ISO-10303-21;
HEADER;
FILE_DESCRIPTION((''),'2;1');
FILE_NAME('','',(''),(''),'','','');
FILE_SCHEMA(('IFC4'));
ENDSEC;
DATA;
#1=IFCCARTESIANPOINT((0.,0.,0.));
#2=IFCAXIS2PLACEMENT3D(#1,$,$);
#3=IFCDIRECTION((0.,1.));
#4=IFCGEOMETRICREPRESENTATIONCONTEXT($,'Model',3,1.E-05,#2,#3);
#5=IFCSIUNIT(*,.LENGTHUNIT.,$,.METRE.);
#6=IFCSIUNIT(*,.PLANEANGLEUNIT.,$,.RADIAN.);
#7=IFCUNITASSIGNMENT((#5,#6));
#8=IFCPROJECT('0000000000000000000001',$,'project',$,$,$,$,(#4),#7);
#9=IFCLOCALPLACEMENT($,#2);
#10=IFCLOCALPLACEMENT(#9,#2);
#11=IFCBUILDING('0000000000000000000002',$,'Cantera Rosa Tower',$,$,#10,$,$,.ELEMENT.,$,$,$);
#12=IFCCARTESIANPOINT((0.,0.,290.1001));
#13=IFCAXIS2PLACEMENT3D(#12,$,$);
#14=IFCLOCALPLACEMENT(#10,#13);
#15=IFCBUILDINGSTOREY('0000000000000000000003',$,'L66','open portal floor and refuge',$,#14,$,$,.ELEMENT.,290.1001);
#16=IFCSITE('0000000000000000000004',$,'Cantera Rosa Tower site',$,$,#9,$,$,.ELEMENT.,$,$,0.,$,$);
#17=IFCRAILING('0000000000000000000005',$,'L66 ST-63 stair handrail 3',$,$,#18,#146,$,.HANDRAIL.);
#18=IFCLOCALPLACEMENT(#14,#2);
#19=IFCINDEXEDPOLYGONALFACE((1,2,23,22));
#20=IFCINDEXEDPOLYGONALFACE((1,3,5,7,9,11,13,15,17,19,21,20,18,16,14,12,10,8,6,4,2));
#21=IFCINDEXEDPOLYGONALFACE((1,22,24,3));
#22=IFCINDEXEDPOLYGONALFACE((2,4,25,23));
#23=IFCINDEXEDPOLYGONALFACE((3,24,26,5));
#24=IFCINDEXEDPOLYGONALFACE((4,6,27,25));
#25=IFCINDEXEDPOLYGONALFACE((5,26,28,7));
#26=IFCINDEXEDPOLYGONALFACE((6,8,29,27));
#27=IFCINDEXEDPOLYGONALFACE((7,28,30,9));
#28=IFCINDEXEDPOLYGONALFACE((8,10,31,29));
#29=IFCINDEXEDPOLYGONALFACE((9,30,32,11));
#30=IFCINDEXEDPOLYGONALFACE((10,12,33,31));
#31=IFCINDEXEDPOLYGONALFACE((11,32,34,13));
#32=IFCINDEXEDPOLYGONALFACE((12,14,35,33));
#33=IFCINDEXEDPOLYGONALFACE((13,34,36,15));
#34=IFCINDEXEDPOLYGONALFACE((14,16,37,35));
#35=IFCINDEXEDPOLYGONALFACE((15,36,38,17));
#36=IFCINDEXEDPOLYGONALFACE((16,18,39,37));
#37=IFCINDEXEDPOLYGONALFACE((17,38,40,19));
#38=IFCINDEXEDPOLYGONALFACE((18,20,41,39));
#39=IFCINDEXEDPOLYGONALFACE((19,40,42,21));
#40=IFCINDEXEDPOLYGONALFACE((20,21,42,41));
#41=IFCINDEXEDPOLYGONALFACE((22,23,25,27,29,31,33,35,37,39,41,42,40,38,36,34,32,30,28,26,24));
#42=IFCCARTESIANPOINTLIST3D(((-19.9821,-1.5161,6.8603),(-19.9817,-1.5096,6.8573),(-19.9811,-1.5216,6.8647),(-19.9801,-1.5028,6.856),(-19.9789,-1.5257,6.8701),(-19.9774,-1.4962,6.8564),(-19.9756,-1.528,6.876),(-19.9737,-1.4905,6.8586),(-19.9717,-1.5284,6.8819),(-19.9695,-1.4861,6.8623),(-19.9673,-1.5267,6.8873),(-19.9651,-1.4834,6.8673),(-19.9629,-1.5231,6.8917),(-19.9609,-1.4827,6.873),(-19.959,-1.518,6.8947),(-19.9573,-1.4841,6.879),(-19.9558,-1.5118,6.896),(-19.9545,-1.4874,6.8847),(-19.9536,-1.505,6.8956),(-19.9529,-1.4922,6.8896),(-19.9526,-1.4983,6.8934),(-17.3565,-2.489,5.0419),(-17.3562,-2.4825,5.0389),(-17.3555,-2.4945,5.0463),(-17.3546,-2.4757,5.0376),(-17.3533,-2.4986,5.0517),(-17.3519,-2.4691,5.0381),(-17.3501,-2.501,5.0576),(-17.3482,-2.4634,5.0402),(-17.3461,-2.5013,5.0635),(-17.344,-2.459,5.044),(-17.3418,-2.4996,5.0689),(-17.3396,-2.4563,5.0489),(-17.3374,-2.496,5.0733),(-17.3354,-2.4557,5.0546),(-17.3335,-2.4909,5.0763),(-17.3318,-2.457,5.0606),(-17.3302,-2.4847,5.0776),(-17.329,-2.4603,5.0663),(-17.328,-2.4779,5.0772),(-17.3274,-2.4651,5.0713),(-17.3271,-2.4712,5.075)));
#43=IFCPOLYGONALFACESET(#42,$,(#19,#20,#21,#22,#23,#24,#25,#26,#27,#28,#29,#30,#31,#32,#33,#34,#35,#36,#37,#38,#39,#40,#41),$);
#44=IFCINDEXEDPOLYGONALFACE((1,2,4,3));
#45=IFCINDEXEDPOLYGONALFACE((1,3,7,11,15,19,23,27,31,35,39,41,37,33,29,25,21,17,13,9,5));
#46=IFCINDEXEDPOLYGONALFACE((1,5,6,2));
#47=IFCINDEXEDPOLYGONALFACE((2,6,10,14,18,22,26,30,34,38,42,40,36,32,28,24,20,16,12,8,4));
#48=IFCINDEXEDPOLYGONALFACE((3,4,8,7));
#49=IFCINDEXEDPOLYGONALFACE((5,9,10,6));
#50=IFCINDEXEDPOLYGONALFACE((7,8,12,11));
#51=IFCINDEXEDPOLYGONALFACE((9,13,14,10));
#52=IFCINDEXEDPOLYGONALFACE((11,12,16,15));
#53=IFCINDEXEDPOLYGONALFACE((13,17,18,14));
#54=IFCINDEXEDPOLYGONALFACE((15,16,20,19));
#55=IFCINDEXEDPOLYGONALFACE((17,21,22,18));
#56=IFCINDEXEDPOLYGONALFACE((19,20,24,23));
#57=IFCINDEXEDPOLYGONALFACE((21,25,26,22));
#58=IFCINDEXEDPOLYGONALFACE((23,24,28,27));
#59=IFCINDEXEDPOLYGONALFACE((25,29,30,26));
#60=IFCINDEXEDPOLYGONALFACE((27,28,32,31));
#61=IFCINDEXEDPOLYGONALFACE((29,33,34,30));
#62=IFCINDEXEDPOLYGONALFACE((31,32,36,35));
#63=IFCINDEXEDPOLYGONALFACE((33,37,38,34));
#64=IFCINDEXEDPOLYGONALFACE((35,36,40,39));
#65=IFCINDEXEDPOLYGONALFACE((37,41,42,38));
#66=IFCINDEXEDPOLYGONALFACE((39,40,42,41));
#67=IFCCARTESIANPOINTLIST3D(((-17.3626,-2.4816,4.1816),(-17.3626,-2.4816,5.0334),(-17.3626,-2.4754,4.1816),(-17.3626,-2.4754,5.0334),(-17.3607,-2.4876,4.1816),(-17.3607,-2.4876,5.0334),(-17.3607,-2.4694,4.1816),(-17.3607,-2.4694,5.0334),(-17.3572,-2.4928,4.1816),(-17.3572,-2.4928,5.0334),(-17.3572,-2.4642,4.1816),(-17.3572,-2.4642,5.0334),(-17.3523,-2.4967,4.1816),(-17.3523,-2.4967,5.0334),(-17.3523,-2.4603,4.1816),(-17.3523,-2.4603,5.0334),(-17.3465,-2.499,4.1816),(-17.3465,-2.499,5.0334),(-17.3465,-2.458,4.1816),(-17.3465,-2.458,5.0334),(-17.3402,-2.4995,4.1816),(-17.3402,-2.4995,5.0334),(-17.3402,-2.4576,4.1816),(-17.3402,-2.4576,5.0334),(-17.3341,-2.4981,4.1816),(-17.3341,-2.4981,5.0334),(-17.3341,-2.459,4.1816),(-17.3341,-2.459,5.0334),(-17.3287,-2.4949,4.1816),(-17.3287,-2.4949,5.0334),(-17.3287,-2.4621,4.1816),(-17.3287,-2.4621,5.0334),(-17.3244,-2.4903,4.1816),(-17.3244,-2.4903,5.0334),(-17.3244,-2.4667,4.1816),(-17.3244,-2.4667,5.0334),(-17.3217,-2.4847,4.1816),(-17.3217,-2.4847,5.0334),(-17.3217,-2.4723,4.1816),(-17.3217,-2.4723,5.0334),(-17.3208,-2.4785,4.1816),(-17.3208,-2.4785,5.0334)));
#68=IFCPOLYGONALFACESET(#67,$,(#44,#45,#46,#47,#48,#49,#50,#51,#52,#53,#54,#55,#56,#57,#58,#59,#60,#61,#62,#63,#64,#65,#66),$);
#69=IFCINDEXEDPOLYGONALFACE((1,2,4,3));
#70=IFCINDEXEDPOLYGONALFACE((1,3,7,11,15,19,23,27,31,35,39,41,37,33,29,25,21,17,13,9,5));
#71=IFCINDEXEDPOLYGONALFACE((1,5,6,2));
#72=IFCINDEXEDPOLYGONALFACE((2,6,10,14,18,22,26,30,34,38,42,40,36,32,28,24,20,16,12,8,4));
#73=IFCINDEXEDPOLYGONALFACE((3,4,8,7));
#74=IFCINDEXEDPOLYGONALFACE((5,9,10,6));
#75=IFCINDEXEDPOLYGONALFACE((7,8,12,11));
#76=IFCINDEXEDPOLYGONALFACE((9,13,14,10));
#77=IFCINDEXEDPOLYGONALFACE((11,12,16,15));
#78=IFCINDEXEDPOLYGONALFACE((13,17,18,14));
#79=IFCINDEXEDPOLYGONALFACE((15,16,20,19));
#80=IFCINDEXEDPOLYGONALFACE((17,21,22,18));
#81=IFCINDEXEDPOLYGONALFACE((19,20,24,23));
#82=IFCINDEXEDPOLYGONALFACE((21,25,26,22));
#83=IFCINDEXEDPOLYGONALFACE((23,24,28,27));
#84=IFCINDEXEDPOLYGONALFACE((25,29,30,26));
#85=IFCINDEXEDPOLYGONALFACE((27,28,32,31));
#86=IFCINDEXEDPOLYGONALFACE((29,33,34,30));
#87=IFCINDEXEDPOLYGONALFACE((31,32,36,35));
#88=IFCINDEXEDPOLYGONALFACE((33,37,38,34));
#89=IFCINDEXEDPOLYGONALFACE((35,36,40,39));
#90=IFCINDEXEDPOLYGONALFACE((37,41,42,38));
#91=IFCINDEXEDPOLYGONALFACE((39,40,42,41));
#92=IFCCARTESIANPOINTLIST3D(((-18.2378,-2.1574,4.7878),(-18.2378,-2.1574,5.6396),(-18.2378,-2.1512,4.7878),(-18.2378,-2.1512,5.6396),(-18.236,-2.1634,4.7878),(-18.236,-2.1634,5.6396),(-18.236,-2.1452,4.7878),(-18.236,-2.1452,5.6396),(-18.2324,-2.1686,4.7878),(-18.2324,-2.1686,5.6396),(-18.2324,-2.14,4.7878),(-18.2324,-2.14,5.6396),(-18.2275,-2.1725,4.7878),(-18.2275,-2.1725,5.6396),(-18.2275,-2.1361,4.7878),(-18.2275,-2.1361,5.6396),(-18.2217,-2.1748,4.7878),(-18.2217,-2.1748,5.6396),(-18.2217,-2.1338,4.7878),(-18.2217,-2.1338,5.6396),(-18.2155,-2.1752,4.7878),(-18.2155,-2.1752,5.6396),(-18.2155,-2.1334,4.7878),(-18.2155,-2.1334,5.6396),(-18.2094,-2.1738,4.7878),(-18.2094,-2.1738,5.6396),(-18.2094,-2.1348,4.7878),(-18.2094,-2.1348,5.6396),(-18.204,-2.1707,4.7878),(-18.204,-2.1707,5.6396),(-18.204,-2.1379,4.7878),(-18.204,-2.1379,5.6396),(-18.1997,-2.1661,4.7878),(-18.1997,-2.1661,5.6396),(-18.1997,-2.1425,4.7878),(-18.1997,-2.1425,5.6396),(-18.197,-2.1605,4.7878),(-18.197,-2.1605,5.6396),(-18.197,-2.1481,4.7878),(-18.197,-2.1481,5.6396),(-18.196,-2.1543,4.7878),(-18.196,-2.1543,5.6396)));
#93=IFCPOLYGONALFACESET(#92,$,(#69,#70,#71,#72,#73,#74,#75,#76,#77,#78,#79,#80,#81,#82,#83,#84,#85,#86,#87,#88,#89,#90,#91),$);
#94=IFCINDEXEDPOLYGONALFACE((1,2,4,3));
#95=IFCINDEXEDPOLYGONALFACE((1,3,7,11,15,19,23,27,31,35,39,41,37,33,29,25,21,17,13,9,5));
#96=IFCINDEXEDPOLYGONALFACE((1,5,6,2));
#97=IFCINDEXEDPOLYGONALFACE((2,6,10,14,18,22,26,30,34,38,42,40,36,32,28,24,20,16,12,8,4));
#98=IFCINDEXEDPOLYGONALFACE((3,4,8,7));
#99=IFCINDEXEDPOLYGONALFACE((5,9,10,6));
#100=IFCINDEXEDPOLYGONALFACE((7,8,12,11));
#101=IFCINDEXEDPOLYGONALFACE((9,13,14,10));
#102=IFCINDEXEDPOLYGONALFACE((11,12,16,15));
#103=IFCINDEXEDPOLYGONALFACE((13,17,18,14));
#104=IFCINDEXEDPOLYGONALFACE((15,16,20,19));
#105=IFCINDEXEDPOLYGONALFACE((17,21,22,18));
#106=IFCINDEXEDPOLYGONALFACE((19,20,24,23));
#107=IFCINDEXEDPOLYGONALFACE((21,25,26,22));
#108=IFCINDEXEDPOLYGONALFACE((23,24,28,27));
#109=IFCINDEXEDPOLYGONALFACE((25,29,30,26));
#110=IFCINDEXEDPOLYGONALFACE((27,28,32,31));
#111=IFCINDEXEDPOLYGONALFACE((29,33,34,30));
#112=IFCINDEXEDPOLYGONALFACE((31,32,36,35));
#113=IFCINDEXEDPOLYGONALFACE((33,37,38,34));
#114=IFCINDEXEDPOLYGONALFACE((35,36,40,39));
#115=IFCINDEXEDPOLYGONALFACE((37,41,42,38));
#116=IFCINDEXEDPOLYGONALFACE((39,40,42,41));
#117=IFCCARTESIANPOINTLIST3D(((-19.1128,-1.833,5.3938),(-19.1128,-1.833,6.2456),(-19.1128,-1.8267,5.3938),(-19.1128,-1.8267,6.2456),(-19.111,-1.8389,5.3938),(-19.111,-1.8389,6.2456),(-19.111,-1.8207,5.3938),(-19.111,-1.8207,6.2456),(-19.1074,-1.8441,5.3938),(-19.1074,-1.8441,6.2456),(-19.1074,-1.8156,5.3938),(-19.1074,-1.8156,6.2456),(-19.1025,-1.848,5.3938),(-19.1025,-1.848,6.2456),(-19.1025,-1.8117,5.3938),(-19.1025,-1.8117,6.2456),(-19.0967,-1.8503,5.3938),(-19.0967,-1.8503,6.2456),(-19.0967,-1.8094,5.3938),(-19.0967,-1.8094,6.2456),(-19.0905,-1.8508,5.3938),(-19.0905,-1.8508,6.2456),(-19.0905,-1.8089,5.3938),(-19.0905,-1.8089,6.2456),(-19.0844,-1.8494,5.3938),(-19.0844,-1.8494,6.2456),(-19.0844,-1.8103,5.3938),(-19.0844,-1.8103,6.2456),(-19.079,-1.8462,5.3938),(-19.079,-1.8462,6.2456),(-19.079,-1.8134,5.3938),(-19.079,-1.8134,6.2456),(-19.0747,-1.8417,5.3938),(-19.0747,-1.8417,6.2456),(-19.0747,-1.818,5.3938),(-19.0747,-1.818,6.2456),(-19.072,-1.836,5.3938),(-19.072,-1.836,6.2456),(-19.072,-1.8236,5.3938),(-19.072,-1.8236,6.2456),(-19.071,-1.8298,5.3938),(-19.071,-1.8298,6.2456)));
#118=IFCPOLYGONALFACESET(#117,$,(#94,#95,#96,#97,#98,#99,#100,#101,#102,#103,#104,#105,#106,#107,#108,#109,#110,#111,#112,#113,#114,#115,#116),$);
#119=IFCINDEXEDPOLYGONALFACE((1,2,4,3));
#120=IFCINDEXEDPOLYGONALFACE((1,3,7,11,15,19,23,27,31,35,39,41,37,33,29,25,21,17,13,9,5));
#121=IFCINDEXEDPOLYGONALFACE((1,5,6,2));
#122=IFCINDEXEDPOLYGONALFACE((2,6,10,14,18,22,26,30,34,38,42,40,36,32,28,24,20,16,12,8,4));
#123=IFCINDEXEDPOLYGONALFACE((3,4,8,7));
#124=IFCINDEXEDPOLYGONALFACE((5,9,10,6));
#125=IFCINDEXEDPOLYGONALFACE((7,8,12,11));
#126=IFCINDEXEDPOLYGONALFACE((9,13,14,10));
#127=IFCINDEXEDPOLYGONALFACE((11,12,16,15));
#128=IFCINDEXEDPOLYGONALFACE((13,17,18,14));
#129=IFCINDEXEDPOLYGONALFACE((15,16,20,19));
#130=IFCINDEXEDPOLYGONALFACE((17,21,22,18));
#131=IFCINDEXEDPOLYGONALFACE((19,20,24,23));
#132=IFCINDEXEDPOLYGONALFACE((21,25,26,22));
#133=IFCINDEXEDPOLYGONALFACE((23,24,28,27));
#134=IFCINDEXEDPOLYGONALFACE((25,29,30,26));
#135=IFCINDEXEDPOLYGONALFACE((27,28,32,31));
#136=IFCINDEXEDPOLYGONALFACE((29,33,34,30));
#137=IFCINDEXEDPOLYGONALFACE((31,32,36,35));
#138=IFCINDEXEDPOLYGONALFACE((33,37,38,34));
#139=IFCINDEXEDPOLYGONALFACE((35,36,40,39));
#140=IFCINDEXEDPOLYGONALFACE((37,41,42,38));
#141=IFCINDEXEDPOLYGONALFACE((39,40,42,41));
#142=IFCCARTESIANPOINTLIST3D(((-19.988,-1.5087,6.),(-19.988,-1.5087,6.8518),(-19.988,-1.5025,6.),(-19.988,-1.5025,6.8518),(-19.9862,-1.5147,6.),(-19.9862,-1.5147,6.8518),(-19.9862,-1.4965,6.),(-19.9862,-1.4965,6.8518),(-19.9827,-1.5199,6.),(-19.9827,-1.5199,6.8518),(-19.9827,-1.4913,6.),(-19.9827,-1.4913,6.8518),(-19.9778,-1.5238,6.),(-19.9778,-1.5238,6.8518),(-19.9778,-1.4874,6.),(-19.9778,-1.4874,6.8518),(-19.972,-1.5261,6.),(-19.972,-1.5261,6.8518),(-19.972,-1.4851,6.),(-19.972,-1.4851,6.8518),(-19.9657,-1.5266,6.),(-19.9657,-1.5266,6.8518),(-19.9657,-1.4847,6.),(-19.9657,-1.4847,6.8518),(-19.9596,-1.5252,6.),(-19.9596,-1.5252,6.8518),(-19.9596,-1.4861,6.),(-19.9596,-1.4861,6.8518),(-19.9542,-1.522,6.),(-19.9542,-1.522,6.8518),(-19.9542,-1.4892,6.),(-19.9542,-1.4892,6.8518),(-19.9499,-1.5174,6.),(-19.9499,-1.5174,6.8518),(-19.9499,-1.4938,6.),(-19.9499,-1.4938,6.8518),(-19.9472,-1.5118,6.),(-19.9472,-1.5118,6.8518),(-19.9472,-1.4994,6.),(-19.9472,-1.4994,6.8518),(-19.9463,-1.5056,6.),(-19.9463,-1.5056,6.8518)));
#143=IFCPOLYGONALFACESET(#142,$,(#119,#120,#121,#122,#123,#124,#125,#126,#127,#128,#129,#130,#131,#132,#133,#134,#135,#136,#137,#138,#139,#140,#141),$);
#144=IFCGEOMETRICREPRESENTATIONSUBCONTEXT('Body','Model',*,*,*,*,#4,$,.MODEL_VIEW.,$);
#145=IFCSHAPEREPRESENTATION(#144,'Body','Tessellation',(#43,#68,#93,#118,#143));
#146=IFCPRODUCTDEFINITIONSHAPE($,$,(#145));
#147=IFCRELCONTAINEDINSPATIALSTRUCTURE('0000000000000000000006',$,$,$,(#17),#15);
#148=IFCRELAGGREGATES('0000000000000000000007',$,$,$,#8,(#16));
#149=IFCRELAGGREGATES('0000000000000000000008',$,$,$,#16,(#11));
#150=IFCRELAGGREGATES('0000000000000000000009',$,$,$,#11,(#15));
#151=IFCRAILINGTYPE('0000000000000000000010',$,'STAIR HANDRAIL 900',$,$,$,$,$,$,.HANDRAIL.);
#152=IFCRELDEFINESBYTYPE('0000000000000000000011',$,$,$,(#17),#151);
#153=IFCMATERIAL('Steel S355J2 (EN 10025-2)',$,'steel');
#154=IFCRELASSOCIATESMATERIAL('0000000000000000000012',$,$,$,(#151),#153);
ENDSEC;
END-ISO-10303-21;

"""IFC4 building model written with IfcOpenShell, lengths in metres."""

from ifc_helpers import new_model, si_unit, direction, frame, origin, origin_2d, place, context, subcontext, project, spatial, circle, extrude, material, type_object, element, save


model = new_model("IFC4")

# Units and contexts
model_context = context("Model", 3, precision=1e-05, world=origin(), true_north=direction((0.0, 1.0)))
body_context = subcontext(model_context, "Body", "Model", "MODEL_VIEW")
ifc_project = project(units=[si_unit("LENGTHUNIT", "METRE"), si_unit("PLANEANGLEUNIT", "RADIAN")], contexts=[model_context])

# Site, building, storey
site_placement = place(None, origin())
site = spatial("IfcSite", under=ifc_project, at=site_placement, Name="Cantera Rosa Tower site", CompositionType="ELEMENT", RefElevation=0.0)
building_placement = place(site_placement, origin())
building = spatial("IfcBuilding", under=site, at=building_placement, Name="Cantera Rosa Tower", CompositionType="ELEMENT")
storey_placement = place(building_placement, frame((0.0, 0.0, 290.1001)))
storey = spatial("IfcBuildingStorey", under=building, at=storey_placement, Name="L66", Description="open portal floor and refuge", CompositionType="ELEMENT", Elevation=290.1001)

# Railing
ifc_material_1 = material(Name="Steel S355J2 (EN 10025-2)", Category="steel")
railing_type_1 = type_object("IfcRailingType", Name="STAIR HANDRAIL 900", PredefinedType="HANDRAIL", material=ifc_material_1)
for number, where, name in (
    (1, (-17.3418, -2.4785, 4.1816), "L66 ST-63 stair handrail 3"),
):
    element("IfcRailing", number, at=place(storey_placement, frame(where)), inside=storey, type_object=railing_type_1, Name=name, PredefinedType="HANDRAIL", context=body_context, shape_type="SweptSolid", body=[
        extrude(circle(Radius=0.0239, at=origin_2d()), frame((0.0, 0.0, 0.876), z_axis=(-0.786407, 0.291411, 0.54465), x_axis=(-0.347471, -0.937691, 0.0)), (0.0, 0.0, 1.0), 3.3386),
        extrude(circle(Radius=0.021, at=origin_2d()), origin(), (0.0, 0.0, 1.0), 0.8518),
        extrude(circle(Radius=0.021, at=origin_2d()), frame((-0.8752, 0.3242, 0.6062)), (0.0, 0.0, 1.0), 0.8518),
        extrude(circle(Radius=0.021, at=origin_2d()), frame((-1.7502, 0.6487, 1.2122)), (0.0, 0.0, 1.0), 0.8518),
        extrude(circle(Radius=0.021, at=origin_2d()), frame((-2.6255, 0.9729, 1.8184)), (0.0, 0.0, 1.0), 0.8518),
    ])

save(model, "model.ifc")
